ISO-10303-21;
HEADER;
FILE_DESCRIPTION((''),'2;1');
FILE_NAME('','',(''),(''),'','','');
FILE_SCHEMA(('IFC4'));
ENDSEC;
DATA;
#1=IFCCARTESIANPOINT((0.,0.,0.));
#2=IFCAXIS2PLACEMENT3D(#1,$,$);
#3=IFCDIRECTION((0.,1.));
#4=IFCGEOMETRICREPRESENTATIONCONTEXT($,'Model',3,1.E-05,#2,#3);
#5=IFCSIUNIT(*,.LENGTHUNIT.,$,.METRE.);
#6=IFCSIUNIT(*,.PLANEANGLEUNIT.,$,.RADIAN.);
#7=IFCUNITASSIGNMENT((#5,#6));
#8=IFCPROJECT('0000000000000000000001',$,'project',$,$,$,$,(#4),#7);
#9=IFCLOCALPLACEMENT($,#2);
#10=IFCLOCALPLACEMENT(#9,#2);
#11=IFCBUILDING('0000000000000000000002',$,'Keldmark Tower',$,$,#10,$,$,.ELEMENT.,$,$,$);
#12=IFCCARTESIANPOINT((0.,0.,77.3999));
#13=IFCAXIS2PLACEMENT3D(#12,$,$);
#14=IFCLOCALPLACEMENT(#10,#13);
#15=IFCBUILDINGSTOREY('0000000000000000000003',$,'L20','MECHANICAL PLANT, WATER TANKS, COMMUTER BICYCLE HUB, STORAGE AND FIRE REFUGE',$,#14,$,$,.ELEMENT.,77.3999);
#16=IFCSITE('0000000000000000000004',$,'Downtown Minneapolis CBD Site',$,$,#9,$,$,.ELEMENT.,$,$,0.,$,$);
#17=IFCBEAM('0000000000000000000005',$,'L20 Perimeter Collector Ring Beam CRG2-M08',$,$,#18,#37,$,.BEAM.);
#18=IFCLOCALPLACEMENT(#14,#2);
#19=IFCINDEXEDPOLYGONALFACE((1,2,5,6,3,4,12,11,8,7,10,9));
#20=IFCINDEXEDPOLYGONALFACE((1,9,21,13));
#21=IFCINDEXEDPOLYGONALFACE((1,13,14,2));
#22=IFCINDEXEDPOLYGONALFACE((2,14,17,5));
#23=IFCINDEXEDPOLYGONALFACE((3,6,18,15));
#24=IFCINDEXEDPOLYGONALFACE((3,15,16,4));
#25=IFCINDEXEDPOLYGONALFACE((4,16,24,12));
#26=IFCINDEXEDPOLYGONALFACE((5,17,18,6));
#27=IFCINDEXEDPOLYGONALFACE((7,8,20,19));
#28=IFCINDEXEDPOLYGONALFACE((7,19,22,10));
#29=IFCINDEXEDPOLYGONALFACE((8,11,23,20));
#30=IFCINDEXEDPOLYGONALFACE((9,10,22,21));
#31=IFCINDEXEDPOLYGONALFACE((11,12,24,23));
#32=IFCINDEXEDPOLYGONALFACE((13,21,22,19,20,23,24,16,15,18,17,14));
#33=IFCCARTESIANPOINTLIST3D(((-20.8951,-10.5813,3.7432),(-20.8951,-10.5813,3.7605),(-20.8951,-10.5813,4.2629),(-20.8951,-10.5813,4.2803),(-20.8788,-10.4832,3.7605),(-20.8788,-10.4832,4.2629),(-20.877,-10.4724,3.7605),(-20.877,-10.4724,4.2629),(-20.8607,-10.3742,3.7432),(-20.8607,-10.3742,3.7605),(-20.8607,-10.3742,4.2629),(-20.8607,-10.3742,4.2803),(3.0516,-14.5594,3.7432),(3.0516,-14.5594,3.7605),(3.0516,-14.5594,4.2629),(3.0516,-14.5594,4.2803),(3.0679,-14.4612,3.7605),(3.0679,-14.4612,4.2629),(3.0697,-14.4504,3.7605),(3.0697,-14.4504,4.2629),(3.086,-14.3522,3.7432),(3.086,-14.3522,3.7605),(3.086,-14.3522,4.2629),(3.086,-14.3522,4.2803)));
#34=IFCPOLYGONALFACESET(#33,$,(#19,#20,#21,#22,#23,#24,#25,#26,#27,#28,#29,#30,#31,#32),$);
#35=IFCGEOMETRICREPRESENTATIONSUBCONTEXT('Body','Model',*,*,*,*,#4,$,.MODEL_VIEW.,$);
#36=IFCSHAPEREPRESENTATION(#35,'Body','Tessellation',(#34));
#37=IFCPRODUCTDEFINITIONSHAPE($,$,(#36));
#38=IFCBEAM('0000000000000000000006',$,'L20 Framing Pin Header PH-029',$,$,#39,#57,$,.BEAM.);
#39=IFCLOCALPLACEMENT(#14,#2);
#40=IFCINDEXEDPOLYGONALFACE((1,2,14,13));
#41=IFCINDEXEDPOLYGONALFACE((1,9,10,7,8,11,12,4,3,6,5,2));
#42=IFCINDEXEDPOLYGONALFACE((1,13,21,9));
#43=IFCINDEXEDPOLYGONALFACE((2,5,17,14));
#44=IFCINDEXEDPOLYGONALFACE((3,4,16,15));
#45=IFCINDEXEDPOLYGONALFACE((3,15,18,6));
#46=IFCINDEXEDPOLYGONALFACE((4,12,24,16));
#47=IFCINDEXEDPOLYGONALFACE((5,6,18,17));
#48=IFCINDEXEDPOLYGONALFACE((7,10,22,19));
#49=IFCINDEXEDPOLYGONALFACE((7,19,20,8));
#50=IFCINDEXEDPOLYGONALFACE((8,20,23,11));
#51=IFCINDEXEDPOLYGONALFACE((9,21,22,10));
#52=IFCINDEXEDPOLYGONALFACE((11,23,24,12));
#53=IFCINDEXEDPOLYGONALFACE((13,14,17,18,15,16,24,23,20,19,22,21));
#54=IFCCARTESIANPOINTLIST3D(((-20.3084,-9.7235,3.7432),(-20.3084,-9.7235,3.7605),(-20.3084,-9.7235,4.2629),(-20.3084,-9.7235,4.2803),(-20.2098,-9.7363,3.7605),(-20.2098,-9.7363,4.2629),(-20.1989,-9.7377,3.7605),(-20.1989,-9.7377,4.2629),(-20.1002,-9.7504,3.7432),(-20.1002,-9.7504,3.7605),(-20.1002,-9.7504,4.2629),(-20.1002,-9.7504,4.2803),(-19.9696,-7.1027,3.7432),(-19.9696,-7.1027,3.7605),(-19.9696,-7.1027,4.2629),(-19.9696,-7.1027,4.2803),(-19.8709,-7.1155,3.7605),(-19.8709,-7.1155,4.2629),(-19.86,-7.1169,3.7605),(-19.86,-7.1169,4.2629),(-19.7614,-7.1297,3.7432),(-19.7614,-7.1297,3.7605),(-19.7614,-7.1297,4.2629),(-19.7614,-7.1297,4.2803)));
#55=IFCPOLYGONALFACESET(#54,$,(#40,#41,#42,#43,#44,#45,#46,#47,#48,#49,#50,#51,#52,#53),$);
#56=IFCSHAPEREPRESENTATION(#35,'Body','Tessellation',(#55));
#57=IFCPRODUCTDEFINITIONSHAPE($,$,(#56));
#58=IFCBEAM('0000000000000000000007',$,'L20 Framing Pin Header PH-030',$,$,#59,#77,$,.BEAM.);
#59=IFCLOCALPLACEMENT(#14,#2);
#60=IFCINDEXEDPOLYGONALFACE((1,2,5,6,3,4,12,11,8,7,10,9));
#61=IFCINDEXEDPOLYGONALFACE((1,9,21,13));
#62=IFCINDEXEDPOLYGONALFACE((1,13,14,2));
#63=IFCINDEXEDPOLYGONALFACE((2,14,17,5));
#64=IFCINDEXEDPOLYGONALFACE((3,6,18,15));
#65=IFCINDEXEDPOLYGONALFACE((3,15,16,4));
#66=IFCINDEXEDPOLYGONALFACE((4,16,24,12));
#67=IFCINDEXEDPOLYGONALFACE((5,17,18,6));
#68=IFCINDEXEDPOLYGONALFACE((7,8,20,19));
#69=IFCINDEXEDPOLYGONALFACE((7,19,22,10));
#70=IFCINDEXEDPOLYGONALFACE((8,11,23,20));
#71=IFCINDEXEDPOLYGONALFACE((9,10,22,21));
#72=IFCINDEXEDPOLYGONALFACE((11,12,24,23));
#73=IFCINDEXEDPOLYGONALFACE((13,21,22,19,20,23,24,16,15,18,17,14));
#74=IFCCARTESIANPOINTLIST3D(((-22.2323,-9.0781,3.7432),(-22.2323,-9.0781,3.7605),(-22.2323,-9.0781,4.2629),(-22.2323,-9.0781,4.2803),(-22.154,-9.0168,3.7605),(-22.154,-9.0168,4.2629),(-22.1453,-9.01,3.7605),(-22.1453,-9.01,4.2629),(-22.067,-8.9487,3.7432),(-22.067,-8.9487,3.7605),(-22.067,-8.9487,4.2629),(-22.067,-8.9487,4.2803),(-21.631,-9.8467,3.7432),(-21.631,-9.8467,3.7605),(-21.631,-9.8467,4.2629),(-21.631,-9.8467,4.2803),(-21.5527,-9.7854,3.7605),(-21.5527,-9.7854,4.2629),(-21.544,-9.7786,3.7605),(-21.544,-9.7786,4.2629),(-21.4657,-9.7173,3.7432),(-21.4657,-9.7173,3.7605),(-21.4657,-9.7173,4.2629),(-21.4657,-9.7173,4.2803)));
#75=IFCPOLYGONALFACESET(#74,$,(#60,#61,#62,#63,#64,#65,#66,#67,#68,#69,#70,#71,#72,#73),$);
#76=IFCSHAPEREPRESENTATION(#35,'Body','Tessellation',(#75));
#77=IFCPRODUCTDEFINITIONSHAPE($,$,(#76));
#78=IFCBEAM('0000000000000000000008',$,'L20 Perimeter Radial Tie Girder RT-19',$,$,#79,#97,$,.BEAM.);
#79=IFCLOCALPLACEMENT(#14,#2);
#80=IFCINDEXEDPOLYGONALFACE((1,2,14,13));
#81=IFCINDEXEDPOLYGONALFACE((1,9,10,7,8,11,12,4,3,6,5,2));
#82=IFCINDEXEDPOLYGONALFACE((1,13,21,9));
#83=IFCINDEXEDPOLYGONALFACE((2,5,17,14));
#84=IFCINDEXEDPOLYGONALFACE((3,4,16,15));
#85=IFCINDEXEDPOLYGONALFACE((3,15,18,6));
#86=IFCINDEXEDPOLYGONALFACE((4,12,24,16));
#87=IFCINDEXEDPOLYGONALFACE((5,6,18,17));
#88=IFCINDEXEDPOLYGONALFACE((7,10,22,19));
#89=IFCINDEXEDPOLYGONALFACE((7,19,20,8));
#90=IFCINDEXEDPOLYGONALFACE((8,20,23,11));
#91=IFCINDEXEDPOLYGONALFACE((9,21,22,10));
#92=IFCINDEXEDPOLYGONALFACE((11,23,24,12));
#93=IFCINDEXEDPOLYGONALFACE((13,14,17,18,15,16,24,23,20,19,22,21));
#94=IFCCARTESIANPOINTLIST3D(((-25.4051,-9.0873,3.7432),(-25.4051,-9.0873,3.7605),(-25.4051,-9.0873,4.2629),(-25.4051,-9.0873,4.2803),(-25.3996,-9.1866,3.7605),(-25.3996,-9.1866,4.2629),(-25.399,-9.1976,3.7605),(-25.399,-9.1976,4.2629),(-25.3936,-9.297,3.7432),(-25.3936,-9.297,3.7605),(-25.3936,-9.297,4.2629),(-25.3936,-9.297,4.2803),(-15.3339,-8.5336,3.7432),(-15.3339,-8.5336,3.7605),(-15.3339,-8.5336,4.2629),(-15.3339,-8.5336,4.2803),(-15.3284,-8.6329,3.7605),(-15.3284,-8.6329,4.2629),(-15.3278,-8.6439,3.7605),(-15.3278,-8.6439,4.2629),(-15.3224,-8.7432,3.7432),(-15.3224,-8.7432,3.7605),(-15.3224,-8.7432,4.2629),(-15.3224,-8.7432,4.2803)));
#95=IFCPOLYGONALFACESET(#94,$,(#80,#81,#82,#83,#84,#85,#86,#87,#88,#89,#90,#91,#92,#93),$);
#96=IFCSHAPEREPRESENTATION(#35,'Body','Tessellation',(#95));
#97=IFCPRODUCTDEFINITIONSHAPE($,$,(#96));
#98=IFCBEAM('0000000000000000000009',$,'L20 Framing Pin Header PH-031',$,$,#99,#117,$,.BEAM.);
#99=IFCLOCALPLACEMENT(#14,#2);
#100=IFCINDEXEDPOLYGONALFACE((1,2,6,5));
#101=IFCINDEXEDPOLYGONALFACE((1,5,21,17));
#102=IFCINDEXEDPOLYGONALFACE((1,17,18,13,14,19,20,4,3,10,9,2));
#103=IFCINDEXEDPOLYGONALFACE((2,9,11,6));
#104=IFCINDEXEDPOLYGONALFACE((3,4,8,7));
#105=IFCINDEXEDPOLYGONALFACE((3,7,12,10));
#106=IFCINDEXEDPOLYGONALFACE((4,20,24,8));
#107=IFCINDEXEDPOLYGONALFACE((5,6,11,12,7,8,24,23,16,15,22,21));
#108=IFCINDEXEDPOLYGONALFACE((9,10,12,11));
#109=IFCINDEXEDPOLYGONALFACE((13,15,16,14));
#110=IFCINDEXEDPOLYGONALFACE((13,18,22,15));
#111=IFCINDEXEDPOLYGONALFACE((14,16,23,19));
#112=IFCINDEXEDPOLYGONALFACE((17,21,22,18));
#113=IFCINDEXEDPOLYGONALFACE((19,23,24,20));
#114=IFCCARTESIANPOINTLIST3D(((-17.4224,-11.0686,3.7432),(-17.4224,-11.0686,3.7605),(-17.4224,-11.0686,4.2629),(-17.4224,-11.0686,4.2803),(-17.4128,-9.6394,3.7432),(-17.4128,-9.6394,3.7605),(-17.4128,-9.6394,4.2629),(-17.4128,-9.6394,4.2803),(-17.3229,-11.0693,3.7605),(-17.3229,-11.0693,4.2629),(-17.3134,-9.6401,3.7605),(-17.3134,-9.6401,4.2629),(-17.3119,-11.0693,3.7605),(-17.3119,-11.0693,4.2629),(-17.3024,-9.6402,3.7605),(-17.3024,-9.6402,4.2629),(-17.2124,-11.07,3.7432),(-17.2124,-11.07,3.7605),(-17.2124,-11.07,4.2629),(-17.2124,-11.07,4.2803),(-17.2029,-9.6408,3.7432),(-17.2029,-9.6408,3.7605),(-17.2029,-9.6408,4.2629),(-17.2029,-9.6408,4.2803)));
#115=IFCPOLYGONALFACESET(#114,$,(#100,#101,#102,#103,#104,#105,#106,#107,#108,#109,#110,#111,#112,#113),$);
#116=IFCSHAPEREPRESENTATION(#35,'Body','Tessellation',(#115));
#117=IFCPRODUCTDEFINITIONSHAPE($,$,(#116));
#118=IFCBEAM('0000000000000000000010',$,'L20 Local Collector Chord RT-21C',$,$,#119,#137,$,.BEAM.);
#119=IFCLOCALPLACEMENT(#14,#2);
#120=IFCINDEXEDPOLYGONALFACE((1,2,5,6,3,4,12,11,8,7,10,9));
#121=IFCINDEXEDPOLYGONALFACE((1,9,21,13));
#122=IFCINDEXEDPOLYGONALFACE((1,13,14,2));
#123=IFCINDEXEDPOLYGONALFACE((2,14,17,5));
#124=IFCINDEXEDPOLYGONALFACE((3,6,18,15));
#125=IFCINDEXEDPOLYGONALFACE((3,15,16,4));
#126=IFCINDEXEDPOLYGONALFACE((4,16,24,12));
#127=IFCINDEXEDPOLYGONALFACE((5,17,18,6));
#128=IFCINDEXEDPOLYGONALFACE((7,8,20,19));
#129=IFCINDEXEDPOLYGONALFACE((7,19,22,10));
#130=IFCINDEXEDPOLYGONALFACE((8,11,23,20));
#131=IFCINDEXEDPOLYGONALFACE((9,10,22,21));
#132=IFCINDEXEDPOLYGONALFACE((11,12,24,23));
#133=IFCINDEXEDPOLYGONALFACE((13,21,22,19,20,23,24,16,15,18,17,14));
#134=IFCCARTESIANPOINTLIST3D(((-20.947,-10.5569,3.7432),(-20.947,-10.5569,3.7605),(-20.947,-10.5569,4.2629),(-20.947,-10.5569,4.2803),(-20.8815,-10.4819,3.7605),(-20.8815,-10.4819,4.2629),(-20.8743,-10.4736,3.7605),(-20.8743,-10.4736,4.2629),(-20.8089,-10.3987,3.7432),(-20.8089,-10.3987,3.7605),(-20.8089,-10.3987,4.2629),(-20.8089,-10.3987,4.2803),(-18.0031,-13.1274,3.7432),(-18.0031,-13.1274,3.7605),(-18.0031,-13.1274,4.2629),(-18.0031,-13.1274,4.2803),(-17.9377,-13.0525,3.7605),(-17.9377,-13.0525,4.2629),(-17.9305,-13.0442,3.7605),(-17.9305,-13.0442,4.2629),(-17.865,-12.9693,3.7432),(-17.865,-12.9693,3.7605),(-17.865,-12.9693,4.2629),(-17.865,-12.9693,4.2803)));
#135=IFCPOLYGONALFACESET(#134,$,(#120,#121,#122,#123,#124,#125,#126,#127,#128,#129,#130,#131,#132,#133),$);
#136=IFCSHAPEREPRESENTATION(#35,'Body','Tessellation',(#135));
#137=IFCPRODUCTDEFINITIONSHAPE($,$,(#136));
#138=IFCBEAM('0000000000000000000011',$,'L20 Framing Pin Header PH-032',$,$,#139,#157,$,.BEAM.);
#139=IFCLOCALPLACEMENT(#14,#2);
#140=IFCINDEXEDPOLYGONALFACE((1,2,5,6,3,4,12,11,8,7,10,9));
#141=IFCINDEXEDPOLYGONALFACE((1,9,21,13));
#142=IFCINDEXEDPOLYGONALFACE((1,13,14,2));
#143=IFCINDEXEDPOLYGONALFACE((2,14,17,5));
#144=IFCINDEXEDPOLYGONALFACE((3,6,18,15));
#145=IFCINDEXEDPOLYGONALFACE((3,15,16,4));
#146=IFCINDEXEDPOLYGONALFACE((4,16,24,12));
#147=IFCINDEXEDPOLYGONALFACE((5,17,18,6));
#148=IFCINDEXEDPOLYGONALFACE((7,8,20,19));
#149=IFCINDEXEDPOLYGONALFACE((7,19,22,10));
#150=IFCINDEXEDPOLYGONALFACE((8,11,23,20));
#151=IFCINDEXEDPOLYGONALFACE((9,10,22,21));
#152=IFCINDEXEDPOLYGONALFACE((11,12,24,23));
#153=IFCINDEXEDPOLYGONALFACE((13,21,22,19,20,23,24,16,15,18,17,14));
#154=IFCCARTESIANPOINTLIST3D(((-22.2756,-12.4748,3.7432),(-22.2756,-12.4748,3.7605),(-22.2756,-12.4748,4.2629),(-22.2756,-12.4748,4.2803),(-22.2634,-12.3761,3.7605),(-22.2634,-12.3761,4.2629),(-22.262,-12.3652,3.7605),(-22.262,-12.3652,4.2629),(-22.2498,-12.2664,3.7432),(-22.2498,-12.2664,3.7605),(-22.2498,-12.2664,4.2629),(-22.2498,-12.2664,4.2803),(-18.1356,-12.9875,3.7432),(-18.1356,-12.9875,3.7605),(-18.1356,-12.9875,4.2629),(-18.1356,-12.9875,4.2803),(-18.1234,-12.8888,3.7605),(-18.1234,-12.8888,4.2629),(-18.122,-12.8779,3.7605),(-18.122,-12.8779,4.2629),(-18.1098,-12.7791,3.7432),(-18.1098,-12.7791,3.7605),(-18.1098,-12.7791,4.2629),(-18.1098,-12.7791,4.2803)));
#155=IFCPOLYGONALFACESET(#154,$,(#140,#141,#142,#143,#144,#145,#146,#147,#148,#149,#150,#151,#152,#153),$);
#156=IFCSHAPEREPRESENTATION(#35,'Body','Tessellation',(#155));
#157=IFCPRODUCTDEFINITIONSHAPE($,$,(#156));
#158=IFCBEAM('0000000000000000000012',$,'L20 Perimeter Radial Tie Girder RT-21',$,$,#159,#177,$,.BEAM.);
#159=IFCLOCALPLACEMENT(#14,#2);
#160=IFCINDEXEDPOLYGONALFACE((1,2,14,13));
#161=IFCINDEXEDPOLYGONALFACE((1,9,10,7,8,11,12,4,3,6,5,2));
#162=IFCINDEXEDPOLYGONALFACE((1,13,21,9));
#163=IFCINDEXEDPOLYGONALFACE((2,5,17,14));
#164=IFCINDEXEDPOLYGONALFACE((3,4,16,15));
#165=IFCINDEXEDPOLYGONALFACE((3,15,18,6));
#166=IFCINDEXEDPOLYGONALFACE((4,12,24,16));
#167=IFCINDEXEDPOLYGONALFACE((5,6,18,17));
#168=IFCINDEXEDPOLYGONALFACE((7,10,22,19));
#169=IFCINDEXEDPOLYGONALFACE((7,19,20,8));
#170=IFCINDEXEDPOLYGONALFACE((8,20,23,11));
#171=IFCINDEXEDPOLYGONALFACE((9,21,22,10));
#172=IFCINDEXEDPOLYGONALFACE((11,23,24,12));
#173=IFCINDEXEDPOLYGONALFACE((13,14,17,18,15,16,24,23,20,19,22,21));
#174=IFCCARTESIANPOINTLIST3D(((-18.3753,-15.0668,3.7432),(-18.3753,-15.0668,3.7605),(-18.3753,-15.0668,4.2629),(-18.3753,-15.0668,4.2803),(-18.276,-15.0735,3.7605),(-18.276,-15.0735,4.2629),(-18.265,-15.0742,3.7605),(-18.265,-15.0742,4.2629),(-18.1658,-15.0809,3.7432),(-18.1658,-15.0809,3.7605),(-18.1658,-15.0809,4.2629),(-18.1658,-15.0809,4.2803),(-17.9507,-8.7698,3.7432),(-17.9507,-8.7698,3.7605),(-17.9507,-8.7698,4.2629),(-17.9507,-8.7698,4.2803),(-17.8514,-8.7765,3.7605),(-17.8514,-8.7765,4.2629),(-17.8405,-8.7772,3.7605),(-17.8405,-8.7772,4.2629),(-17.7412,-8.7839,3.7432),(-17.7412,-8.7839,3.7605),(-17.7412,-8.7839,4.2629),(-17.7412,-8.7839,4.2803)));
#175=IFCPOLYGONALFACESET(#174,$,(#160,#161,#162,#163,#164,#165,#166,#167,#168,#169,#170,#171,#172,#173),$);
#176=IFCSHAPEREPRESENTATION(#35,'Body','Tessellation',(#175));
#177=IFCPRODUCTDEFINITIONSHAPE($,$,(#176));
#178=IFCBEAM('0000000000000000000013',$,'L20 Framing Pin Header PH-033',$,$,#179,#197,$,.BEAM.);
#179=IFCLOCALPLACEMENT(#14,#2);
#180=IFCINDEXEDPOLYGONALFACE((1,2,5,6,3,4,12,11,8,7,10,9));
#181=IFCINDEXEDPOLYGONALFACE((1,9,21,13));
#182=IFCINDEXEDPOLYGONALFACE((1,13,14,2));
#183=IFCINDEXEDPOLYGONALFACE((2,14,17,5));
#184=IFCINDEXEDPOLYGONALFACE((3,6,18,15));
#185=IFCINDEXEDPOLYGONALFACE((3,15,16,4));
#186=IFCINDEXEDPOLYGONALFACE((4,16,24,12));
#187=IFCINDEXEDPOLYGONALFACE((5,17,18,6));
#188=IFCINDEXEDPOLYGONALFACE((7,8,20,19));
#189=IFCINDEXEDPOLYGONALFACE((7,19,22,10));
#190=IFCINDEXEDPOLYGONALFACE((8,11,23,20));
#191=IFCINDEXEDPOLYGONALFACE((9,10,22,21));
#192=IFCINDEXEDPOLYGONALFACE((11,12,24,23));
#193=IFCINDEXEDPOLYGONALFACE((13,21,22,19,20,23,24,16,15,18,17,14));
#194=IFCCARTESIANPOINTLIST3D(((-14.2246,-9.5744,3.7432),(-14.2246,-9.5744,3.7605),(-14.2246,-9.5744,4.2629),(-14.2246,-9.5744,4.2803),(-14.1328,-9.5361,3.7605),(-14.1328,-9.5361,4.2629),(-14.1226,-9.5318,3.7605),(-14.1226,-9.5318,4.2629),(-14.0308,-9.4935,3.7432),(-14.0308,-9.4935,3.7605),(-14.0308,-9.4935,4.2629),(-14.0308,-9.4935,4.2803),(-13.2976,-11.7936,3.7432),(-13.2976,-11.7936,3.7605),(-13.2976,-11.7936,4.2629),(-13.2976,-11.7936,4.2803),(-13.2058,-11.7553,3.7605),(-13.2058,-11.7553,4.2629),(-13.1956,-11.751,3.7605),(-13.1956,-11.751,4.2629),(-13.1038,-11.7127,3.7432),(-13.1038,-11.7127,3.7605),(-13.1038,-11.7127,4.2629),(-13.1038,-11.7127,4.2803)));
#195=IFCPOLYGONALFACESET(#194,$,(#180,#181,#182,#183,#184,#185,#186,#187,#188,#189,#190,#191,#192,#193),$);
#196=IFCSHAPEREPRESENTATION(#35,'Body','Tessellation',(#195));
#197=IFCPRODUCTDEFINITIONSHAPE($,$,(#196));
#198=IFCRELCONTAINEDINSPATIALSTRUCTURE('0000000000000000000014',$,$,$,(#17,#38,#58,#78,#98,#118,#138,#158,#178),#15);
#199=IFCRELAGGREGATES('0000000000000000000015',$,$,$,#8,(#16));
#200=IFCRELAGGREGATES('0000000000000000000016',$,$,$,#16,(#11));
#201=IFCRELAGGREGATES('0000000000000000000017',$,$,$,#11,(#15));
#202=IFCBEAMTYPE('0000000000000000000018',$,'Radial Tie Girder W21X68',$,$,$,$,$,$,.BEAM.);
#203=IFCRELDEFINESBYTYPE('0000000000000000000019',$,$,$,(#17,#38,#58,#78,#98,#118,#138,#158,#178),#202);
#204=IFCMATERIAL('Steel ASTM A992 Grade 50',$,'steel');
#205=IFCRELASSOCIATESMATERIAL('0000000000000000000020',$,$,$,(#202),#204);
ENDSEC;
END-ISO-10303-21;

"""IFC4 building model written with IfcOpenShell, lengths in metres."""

from ifc_helpers import new_model, si_unit, direction, frame, origin, origin_2d, place, context, subcontext, project, spatial, i_section, extrude, material, material_profile, profile_set, type_object, element, save


model = new_model("IFC4")

# Units and contexts
model_context = context("Model", 3, precision=1e-05, world=origin(), true_north=direction((0.0, 1.0)))
body_context = subcontext(model_context, "Body", "Model", "MODEL_VIEW")
ifc_project = project(units=[si_unit("LENGTHUNIT", "METRE"), si_unit("PLANEANGLEUNIT", "RADIAN")], contexts=[model_context])

# Site, building, storey
site_placement = place(None, origin())
site = spatial("IfcSite", under=ifc_project, at=site_placement, Name="Downtown Minneapolis CBD Site", CompositionType="ELEMENT", RefElevation=0.0)
building_placement = place(site_placement, origin())
building = spatial("IfcBuilding", under=site, at=building_placement, Name="Keldmark Tower", CompositionType="ELEMENT")
storey_placement = place(building_placement, frame((0.0, 0.0, 77.3999)))
storey = spatial("IfcBuildingStorey", under=building, at=storey_placement, Name="L20", Description="MECHANICAL PLANT, WATER TANKS, COMMUTER BICYCLE HUB, STORAGE AND FIRE REFUGE", CompositionType="ELEMENT", Elevation=77.3999)

# Beams
ifc_material_1 = material(Name="Steel ASTM A992 Grade 50", Category="steel")
ifc_material_profile_1 = material_profile(ifc_material_1, i_section(OverallWidth=0.21, OverallDepth=0.5371, WebThickness=0.011, FlangeThickness=0.0173, at=origin_2d()), Name="W21X68")
ifc_profile_set_1 = profile_set([ifc_material_profile_1], Name="Steel ASTM A992 Grade 50")
beam_type_1 = type_object("IfcBeamType", Name="Radial Tie Girder W21X68", PredefinedType="BEAM", material=ifc_profile_set_1)
beam_1_placement = place(storey_placement, frame((-20.8779, -10.4778, 4.0117), z_axis=(0.986481, -0.163874, 0.0), x_axis=(0.163874, 0.986481, 0.0)))
element("IfcBeam", 1, at=beam_1_placement, inside=storey, type_object=beam_type_1, Name="L20 Perimeter Collector Ring Beam CRG2-M08", PredefinedType="BEAM", context=body_context, shape_type="SweptSolid", body=[
    extrude(i_section(OverallWidth=0.21, OverallDepth=0.5371, WebThickness=0.011, FlangeThickness=0.0173, at=origin_2d()), origin(), (0.0, 0.0, 1.0), 24.2749),
])
beam_2_placement = place(storey_placement, frame((-19.8655, -7.1162, 4.0117), z_axis=(-0.128229, -0.991745, 0.0), x_axis=(0.991745, -0.128229, 0.0)))
element("IfcBeam", 2, at=beam_2_placement, inside=storey, type_object=beam_type_1, Name="L20 Framing Pin Header PH-029", PredefinedType="BEAM", context=body_context, shape_type="SweptSolid", body=[
    extrude(i_section(OverallWidth=0.21, OverallDepth=0.5371, WebThickness=0.011, FlangeThickness=0.0173, at=origin_2d()), origin(), (0.0, 0.0, 1.0), 2.6426),
])
beam_3_placement = place(storey_placement, frame((-21.5483, -9.782, 4.0117), z_axis=(-0.616207, 0.787584, 0.0), x_axis=(-0.787584, -0.616207, 0.0)))
element("IfcBeam", 3, at=beam_3_placement, inside=storey, type_object=beam_type_1, Name="L20 Framing Pin Header PH-030", PredefinedType="BEAM", context=body_context, shape_type="SweptSolid", body=[
    extrude(i_section(OverallWidth=0.21, OverallDepth=0.5371, WebThickness=0.011, FlangeThickness=0.0173, at=origin_2d()), origin(), (0.0, 0.0, 1.0), 0.9758),
])
beam_4_placement = place(storey_placement, frame((-15.3281, -8.6384, 4.0117), z_axis=(-0.998492, -0.054896, 0.0), x_axis=(0.054896, -0.998492, 0.0)))
element("IfcBeam", 4, at=beam_4_placement, inside=storey, type_object=beam_type_1, Name="L20 Perimeter Radial Tie Girder RT-19", PredefinedType="BEAM", context=body_context, shape_type="SweptSolid", body=[
    extrude(i_section(OverallWidth=0.21, OverallDepth=0.5371, WebThickness=0.011, FlangeThickness=0.0173, at=origin_2d()), origin(), (0.0, 0.0, 1.0), 10.0864),
])
beam_5_placement = place(storey_placement, frame((-17.3079, -9.6401, 4.0117), z_axis=(-0.006662, -0.999978, 0.0), x_axis=(0.999978, -0.006662, 0.0)))
element("IfcBeam", 5, at=beam_5_placement, inside=storey, type_object=beam_type_1, Name="L20 Framing Pin Header PH-031", PredefinedType="BEAM", context=body_context, shape_type="SweptSolid", body=[
    extrude(i_section(OverallWidth=0.21, OverallDepth=0.5371, WebThickness=0.011, FlangeThickness=0.0173, at=origin_2d()), origin(), (0.0, 0.0, 1.0), 1.4292),
])
beam_6_placement = place(storey_placement, frame((-20.8779, -10.4778, 4.0117), z_axis=(0.75325, -0.657735, 0.0), x_axis=(0.657735, 0.75325, 0.0)))
element("IfcBeam", 6, at=beam_6_placement, inside=storey, type_object=beam_type_1, Name="L20 Local Collector Chord RT-21C", PredefinedType="BEAM", context=body_context, shape_type="SweptSolid", body=[
    extrude(i_section(OverallWidth=0.21, OverallDepth=0.5371, WebThickness=0.011, FlangeThickness=0.0173, at=origin_2d()), origin(), (0.0, 0.0, 1.0), 3.9082),
])
beam_7_placement = place(storey_placement, frame((-22.2627, -12.3706, 4.0117), z_axis=(0.992419, -0.122904, 0.0), x_axis=(0.122904, 0.992419, 0.0)))
element("IfcBeam", 7, at=beam_7_placement, inside=storey, type_object=beam_type_1, Name="L20 Framing Pin Header PH-032", PredefinedType="BEAM", context=body_context, shape_type="SweptSolid", body=[
    extrude(i_section(OverallWidth=0.21, OverallDepth=0.5371, WebThickness=0.011, FlangeThickness=0.0173, at=origin_2d()), origin(), (0.0, 0.0, 1.0), 4.1716),
])
beam_8_placement = place(storey_placement, frame((-17.8459, -8.7769, 4.0117), z_axis=(-0.067271, -0.997735, 0.0), x_axis=(0.997735, -0.067271, 0.0)))
element("IfcBeam", 8, at=beam_8_placement, inside=storey, type_object=beam_type_1, Name="L20 Perimeter Radial Tie Girder RT-21", PredefinedType="BEAM", context=body_context, shape_type="SweptSolid", body=[
    extrude(i_section(OverallWidth=0.21, OverallDepth=0.5371, WebThickness=0.011, FlangeThickness=0.0173, at=origin_2d()), origin(), (0.0, 0.0, 1.0), 6.3113),
])
beam_9_placement = place(storey_placement, frame((-14.1277, -9.5339, 4.0117), z_axis=(0.385437, -0.922734, 0.0), x_axis=(0.922734, 0.385437, 0.0)))
element("IfcBeam", 9, at=beam_9_placement, inside=storey, type_object=beam_type_1, Name="L20 Framing Pin Header PH-033", PredefinedType="BEAM", context=body_context, shape_type="SweptSolid", body=[
    extrude(i_section(OverallWidth=0.21, OverallDepth=0.5371, WebThickness=0.011, FlangeThickness=0.0173, at=origin_2d()), origin(), (0.0, 0.0, 1.0), 2.405),
])

save(model, "model.ifc")
